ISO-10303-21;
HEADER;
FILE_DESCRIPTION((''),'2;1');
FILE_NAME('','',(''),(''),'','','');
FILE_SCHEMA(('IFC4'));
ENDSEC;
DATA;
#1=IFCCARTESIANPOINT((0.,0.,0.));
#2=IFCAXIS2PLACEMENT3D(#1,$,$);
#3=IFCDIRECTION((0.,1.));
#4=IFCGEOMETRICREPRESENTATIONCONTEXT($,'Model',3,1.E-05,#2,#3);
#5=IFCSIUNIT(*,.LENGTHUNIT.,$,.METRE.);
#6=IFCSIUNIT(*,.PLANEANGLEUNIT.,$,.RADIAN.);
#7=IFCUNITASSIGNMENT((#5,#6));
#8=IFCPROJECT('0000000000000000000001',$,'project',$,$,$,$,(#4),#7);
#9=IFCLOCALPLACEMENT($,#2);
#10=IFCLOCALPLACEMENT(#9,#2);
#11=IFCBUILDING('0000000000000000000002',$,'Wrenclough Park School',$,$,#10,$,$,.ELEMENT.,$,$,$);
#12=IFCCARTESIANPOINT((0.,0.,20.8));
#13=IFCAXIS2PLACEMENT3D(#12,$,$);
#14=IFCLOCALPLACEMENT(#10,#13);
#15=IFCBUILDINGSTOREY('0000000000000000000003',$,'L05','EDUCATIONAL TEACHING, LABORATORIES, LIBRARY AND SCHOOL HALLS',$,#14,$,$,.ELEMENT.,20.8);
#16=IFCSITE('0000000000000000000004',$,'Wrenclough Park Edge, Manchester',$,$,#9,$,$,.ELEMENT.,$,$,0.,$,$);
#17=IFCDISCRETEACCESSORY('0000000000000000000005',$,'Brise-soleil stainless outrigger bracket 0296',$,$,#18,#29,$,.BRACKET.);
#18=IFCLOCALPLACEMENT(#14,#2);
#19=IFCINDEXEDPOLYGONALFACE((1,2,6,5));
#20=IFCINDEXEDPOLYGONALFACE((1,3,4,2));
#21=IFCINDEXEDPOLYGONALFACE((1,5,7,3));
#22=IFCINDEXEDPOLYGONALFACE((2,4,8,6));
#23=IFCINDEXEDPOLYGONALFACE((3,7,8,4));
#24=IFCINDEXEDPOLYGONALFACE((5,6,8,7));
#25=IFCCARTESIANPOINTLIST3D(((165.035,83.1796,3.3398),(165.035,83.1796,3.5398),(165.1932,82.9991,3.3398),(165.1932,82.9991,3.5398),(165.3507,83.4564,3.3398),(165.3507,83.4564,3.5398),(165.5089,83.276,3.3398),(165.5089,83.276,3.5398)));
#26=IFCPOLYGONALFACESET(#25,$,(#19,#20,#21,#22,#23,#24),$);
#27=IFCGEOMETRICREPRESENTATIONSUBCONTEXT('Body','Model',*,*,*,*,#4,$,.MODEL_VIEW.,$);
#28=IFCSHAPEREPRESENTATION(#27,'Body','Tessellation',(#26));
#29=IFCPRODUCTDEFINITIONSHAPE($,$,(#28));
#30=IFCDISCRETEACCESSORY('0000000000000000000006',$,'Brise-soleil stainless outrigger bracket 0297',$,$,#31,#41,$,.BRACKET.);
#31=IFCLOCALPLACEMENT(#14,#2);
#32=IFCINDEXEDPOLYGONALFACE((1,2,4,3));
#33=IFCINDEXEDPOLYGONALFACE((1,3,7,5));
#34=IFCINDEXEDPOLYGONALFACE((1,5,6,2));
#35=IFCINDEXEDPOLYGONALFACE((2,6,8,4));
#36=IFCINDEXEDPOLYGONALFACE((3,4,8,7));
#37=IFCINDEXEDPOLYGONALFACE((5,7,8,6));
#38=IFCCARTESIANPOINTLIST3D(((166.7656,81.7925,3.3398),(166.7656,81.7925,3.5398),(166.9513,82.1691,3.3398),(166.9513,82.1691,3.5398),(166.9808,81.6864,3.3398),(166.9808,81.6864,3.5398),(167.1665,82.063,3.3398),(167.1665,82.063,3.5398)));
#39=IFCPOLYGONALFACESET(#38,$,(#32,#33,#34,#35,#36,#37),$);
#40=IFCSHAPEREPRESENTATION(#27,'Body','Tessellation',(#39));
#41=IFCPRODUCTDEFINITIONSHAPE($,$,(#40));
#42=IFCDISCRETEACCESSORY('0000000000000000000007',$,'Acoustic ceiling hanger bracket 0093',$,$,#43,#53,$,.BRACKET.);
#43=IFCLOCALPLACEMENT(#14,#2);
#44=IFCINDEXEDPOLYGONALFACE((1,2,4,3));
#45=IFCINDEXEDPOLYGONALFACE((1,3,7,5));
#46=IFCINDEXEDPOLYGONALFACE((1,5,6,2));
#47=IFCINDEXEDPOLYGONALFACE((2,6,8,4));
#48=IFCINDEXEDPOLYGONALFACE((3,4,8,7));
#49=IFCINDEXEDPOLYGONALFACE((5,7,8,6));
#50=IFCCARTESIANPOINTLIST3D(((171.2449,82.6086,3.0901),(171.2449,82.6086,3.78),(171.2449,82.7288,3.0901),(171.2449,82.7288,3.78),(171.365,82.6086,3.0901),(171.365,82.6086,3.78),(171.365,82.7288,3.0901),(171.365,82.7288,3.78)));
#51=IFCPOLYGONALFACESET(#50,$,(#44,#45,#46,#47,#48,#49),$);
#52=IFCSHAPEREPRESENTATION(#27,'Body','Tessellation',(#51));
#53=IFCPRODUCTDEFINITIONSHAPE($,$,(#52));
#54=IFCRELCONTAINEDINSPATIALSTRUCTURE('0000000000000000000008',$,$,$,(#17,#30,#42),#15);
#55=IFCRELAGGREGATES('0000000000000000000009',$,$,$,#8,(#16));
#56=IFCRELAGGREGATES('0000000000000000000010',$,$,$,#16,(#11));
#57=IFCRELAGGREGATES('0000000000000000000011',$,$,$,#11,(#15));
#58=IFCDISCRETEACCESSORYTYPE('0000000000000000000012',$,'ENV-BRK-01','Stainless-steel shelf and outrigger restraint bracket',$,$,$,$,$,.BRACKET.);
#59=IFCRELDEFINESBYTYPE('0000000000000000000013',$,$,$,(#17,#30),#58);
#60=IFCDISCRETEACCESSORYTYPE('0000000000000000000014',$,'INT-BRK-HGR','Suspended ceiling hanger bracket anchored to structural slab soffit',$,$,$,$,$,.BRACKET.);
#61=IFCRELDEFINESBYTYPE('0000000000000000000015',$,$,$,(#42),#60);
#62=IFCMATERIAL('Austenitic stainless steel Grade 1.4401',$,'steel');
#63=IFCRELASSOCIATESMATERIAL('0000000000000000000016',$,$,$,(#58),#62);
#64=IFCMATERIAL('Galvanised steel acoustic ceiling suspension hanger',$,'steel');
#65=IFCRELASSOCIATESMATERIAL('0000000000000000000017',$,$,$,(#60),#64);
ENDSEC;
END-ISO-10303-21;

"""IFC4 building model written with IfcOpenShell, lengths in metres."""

from ifc_helpers import new_model, si_unit, direction, frame, origin, origin_2d, place, context, subcontext, project, spatial, rectangle, extrude, material, type_object, element, save


model = new_model("IFC4")

# Units and contexts
model_context = context("Model", 3, precision=1e-05, world=origin(), true_north=direction((0.0, 1.0)))
body_context = subcontext(model_context, "Body", "Model", "MODEL_VIEW")
ifc_project = project(units=[si_unit("LENGTHUNIT", "METRE"), si_unit("PLANEANGLEUNIT", "RADIAN")], contexts=[model_context])

# Site, building, storey
site_placement = place(None, origin())
site = spatial("IfcSite", under=ifc_project, at=site_placement, Name="Wrenclough Park Edge, Manchester", CompositionType="ELEMENT", RefElevation=0.0)
building_placement = place(site_placement, origin())
building = spatial("IfcBuilding", under=site, at=building_placement, Name="Wrenclough Park School", CompositionType="ELEMENT")
storey_placement = place(building_placement, frame((0.0, 0.0, 20.8)))
storey = spatial("IfcBuildingStorey", under=building, at=storey_placement, Name="L05", Description="EDUCATIONAL TEACHING, LABORATORIES, LIBRARY AND SCHOOL HALLS", CompositionType="ELEMENT", Elevation=20.8)

# Discrete accessories
ifc_material_1 = material(Name="Austenitic stainless steel Grade 1.4401", Category="steel")
discrete_accessory_type_1 = type_object("IfcDiscreteAccessoryType", Name="ENV-BRK-01", Description="Stainless-steel shelf and outrigger restraint bracket", PredefinedType="BRACKET", material=ifc_material_1)
for number, where, z_axis, x_axis, name in (
    (1, (165.272, 83.2278, 3.3398), (0.0, 0.0, 1.0), (0.659351, -0.751836, 0.0), "Brise-soleil stainless outrigger bracket 0296"),
    (2, (166.9661, 81.9277, 3.3398), (0.0, 0.0, 1.0), (0.896867, -0.442301, 0.0), "Brise-soleil stainless outrigger bracket 0297"),
):
    element("IfcDiscreteAccessory", number, at=place(storey_placement, frame(where, z_axis=z_axis, x_axis=x_axis)), inside=storey, type_object=discrete_accessory_type_1, Name=name, PredefinedType="BRACKET", context=body_context, shape_type="SweptSolid", body=[
        extrude(rectangle(XDim=0.24, YDim=0.4199, at=origin_2d()), origin(), (0.0, 0.0, 1.0), 0.2),
    ])
ifc_material_2 = material(Name="Galvanised steel acoustic ceiling suspension hanger", Category="steel")
discrete_accessory_type_2 = type_object("IfcDiscreteAccessoryType", Name="INT-BRK-HGR", Description="Suspended ceiling hanger bracket anchored to structural slab soffit", PredefinedType="BRACKET", material=ifc_material_2)
discrete_accessory_placement = place(storey_placement, frame((171.3049, 82.6687, 3.0901), z_axis=(0.0, 0.0, 1.0), x_axis=(1.0, 0.0, 0.0)))
element("IfcDiscreteAccessory", 3, at=discrete_accessory_placement, inside=storey, type_object=discrete_accessory_type_2, Name="Acoustic ceiling hanger bracket 0093", PredefinedType="BRACKET", context=body_context, shape_type="SweptSolid", body=[
    extrude(rectangle(XDim=0.1201, YDim=0.1201, at=origin_2d()), origin(), (0.0, 0.0, 1.0), 0.6899),
])

save(model, "model.ifc")
